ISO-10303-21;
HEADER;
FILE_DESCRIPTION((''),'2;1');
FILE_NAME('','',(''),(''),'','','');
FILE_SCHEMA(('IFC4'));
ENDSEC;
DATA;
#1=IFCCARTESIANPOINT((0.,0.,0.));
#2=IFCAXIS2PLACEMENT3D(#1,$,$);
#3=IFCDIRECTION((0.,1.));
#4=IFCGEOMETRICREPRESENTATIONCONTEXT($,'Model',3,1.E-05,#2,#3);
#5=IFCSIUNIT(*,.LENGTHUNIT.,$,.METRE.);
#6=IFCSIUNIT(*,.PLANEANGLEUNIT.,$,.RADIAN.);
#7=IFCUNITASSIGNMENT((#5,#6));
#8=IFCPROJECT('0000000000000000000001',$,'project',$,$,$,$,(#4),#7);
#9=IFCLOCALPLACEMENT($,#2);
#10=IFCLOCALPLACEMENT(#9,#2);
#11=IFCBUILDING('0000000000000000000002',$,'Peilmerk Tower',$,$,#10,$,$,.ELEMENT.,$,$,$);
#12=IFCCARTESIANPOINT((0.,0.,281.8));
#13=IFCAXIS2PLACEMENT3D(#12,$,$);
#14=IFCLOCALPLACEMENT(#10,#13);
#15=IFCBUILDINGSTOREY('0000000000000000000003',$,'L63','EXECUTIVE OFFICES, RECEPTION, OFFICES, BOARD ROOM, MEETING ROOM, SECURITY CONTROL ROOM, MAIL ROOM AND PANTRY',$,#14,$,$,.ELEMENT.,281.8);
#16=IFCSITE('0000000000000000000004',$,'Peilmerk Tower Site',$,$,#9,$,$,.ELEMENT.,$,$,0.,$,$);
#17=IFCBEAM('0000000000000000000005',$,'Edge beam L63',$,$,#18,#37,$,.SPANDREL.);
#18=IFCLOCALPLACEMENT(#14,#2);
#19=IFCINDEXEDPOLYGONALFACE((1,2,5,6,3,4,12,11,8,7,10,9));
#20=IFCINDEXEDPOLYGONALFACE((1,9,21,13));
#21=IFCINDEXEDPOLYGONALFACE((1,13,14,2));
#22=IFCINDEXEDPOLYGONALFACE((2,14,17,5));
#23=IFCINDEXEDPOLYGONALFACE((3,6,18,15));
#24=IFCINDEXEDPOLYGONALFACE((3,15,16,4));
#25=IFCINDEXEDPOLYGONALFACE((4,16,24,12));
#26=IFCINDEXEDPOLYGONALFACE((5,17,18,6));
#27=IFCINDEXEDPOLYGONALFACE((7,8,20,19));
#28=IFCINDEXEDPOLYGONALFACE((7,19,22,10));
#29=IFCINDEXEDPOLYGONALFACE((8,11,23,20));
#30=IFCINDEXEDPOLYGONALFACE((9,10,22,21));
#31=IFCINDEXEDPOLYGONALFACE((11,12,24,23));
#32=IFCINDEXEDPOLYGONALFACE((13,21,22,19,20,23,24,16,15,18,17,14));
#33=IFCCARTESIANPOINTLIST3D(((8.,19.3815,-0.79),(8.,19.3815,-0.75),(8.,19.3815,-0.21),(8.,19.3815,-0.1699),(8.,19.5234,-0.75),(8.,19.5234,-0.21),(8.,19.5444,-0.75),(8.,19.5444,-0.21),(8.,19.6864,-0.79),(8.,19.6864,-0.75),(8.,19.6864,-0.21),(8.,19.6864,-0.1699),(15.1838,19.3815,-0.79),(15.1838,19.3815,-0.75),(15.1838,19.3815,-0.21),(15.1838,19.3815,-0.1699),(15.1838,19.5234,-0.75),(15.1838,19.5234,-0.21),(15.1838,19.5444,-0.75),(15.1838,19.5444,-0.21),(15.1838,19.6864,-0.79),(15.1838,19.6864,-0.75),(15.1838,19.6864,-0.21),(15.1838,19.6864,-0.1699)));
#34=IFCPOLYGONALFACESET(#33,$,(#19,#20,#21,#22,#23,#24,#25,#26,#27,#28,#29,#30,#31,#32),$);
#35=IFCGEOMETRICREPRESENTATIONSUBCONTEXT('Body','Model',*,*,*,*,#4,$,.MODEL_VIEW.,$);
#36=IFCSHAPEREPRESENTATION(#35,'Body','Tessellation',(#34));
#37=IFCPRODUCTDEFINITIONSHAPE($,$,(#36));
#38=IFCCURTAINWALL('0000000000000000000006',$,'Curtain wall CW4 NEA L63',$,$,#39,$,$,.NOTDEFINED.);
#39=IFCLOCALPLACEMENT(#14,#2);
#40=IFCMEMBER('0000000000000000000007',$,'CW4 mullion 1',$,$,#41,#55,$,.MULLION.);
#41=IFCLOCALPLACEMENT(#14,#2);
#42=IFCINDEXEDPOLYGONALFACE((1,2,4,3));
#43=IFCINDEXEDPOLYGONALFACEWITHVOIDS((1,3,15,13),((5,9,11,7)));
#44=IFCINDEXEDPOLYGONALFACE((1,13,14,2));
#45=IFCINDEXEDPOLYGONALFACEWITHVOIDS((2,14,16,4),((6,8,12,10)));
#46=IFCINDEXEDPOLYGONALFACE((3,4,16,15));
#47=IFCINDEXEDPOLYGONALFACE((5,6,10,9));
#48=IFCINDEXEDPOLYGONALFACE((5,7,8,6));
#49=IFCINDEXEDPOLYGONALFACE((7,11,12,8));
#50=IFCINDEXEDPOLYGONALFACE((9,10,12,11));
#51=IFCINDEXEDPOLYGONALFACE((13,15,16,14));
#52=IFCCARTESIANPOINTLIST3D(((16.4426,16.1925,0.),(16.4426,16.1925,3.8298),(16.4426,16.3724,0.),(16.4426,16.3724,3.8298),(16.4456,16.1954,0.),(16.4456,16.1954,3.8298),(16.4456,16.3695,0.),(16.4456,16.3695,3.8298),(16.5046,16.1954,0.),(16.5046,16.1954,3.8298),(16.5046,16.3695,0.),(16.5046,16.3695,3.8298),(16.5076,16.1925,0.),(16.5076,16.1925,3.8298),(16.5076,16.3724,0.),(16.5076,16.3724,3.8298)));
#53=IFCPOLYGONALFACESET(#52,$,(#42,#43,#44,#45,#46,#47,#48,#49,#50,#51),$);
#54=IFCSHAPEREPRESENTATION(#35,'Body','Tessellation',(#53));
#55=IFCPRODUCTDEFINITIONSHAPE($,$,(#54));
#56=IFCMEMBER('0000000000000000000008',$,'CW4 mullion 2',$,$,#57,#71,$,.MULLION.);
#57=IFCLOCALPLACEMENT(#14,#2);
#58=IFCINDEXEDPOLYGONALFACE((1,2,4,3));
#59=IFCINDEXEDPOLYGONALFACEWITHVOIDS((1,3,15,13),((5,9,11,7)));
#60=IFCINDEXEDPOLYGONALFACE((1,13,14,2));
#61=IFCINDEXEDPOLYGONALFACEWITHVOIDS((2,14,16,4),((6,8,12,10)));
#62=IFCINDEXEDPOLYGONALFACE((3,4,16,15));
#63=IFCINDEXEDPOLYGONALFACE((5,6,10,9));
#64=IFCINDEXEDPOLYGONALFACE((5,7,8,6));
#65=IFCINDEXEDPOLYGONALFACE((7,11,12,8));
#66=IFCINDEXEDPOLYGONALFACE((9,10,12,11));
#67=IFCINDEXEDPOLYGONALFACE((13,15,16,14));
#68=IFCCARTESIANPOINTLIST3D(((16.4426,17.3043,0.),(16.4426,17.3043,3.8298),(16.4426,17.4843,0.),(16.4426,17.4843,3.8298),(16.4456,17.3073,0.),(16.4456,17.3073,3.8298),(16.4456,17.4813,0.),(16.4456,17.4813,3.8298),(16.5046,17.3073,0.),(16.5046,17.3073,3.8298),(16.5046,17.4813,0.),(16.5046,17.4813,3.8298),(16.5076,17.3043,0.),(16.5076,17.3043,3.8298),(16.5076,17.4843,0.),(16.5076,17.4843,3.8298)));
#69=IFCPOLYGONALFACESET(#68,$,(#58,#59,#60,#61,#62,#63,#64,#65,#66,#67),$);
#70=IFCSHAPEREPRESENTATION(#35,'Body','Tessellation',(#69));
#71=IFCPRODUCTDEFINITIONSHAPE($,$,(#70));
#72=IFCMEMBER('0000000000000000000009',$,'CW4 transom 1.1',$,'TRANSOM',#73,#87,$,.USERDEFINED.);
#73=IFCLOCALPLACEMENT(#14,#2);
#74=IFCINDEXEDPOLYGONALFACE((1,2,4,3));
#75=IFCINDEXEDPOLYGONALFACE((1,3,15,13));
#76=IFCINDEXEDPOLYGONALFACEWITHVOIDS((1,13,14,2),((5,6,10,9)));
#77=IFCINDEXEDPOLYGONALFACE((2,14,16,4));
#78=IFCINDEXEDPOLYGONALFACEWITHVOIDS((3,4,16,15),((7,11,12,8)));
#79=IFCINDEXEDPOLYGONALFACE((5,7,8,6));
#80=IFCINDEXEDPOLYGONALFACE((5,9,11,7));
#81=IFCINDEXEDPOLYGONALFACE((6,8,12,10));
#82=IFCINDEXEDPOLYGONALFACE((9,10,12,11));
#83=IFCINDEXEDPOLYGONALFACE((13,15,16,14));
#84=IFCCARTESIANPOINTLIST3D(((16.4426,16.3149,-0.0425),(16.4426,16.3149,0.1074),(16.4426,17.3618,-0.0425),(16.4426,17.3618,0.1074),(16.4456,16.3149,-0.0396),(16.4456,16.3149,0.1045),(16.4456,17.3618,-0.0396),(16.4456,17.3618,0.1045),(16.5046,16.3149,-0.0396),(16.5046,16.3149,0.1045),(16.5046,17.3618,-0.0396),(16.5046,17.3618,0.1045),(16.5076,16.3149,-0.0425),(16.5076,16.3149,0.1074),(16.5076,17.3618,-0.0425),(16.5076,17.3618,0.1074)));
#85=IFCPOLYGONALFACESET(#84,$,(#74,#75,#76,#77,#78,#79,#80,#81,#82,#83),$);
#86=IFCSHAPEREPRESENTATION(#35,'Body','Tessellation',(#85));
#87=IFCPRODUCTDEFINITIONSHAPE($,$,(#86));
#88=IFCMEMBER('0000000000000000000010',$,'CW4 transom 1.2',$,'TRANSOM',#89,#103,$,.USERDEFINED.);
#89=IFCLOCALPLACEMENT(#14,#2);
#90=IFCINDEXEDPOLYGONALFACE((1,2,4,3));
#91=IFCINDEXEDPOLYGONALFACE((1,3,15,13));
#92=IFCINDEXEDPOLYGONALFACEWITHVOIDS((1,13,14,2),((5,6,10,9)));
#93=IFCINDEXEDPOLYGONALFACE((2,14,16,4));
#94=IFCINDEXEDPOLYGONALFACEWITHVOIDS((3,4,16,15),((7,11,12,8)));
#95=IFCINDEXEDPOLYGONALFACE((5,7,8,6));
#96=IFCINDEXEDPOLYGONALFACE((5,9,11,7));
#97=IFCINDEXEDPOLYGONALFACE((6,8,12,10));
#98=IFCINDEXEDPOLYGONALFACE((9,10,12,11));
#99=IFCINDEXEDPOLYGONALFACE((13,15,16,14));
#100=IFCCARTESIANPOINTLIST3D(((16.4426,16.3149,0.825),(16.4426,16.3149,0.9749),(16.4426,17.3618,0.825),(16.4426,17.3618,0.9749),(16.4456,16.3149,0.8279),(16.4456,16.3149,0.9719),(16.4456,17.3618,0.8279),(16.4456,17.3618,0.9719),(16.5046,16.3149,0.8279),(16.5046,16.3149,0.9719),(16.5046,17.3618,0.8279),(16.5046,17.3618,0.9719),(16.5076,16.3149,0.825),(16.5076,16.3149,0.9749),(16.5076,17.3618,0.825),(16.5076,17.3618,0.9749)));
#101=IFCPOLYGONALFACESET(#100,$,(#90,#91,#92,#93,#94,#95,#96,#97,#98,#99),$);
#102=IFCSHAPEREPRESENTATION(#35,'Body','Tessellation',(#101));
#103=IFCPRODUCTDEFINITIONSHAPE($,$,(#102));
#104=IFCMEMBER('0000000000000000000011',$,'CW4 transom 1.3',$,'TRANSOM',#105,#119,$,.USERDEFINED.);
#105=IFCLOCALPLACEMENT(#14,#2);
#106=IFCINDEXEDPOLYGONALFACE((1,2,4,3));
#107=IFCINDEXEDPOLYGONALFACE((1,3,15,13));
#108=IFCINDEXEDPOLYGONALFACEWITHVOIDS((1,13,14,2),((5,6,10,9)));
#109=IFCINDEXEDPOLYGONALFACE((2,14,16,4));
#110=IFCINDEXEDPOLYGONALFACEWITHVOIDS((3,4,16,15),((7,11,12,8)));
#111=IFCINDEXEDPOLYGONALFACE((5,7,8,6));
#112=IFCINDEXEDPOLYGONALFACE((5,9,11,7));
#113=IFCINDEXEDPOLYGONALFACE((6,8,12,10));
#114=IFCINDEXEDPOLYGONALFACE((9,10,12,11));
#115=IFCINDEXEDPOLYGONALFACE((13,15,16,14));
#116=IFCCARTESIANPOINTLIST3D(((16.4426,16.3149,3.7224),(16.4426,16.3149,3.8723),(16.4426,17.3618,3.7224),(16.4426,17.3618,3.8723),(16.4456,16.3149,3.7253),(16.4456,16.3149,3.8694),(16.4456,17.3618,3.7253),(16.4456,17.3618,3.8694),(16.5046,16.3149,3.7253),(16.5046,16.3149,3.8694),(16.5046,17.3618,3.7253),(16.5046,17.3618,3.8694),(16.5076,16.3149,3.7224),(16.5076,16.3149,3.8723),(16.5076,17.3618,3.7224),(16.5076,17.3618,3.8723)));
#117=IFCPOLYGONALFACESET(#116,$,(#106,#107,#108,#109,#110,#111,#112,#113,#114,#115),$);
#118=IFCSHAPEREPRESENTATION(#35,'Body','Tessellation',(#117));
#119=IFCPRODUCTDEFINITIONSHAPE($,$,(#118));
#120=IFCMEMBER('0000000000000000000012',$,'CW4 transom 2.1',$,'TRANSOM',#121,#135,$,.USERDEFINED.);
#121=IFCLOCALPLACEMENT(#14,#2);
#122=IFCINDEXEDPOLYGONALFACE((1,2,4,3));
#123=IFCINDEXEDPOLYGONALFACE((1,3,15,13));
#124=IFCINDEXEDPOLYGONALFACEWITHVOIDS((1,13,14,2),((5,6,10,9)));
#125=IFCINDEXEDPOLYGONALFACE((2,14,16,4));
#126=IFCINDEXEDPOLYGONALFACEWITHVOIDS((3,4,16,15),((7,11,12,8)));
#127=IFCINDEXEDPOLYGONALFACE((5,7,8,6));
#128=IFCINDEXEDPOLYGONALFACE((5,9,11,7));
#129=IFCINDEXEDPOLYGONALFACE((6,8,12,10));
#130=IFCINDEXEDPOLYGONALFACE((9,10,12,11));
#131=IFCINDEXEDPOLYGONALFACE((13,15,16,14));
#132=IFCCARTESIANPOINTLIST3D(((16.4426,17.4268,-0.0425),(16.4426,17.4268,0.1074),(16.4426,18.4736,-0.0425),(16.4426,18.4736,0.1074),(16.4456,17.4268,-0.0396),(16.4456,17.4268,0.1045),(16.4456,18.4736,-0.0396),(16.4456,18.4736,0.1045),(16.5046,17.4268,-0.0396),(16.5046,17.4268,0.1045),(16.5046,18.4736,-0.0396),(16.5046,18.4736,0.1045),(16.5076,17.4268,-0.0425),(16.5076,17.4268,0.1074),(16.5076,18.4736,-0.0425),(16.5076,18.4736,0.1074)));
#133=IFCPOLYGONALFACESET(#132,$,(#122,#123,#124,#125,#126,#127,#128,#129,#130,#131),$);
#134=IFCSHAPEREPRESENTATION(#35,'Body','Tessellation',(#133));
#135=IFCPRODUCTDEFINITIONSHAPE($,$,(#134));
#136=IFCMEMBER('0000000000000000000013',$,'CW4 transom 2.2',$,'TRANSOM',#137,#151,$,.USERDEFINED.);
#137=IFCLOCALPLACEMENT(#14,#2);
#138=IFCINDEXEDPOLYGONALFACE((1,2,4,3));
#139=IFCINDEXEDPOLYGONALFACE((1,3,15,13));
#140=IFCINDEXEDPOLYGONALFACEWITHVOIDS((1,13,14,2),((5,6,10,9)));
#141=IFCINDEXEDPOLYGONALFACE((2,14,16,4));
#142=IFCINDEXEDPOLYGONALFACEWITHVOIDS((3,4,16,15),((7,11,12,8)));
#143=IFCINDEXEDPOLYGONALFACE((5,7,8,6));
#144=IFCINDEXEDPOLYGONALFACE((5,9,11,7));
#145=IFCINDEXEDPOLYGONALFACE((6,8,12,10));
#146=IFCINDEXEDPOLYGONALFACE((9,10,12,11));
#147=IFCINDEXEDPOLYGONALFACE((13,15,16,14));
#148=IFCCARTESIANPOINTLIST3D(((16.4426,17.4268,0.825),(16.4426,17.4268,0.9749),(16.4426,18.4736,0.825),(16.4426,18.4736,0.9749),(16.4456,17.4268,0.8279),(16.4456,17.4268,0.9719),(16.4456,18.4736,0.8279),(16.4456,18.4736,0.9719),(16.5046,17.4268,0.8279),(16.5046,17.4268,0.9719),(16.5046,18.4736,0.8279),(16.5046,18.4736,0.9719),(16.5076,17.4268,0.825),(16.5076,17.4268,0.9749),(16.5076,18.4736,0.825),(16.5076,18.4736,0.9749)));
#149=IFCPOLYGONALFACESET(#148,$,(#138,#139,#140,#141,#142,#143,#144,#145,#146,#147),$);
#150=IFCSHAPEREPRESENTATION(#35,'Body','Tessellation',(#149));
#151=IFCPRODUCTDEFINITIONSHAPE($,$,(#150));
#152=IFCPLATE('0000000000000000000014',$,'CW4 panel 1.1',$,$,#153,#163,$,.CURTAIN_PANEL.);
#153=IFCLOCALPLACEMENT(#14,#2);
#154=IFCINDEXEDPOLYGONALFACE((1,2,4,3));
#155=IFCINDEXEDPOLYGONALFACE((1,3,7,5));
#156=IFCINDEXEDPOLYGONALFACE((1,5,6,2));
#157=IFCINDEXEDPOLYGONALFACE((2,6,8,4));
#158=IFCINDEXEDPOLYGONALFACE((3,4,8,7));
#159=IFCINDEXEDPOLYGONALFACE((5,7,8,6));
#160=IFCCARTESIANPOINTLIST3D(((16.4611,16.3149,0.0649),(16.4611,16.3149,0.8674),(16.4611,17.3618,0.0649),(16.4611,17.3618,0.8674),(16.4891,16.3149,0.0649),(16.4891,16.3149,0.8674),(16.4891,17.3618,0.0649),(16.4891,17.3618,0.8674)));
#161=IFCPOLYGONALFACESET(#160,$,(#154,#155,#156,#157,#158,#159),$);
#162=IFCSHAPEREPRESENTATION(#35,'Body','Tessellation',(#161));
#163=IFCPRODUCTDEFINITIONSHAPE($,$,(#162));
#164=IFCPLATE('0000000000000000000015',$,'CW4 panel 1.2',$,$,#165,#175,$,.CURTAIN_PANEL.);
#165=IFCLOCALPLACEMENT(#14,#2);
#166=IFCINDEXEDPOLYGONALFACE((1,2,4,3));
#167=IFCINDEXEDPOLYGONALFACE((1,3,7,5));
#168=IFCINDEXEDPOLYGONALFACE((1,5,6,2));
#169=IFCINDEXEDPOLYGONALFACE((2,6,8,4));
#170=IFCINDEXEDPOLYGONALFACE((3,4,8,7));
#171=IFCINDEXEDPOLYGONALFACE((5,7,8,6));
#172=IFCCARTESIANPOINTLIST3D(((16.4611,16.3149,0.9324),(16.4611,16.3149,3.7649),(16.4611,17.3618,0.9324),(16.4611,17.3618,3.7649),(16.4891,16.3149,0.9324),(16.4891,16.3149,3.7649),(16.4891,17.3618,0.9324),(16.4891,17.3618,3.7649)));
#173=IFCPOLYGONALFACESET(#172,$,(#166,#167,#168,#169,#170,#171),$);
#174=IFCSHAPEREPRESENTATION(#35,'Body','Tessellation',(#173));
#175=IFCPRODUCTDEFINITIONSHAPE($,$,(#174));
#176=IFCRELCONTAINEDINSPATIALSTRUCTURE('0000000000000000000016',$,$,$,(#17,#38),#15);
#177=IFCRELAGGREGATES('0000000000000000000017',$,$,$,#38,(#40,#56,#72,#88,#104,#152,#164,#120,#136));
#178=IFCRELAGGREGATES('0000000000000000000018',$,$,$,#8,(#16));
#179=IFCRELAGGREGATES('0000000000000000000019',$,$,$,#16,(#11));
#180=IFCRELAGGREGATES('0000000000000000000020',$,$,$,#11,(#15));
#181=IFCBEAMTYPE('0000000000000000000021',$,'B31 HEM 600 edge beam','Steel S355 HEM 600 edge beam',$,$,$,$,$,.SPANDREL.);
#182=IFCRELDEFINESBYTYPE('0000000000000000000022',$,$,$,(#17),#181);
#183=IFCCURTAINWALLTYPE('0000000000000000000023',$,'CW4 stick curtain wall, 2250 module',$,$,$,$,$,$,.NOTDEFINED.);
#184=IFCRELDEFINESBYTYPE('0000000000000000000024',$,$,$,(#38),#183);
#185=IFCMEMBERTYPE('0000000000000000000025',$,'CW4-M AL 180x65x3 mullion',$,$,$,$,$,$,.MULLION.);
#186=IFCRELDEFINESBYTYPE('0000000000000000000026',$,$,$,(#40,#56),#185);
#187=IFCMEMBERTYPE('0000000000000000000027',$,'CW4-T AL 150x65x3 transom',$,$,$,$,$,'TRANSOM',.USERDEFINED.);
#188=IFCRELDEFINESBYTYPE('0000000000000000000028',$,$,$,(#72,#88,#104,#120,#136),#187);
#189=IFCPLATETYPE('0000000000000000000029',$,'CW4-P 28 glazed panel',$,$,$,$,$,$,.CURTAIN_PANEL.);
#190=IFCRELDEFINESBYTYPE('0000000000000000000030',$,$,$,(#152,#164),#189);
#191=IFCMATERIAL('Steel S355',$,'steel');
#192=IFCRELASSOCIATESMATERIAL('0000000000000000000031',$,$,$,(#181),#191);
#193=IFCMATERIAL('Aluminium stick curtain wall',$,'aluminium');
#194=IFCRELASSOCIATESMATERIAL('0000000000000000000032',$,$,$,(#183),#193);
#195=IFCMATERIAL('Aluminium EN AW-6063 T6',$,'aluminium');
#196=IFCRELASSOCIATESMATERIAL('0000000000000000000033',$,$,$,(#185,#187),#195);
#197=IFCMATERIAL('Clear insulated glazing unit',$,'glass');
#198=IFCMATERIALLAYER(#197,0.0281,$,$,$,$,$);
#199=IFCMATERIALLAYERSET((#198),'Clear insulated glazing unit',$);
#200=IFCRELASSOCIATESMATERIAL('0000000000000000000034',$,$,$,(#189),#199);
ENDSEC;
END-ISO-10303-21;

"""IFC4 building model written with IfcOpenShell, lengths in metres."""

from ifc_helpers import new_model, si_unit, direction, frame, origin, origin_2d, place, context, subcontext, project, spatial, rectangle, hollow_rectangle, i_section, extrude, material, layer, layer_set, material_profile, profile_set, type_object, element, aggregate, save


model = new_model("IFC4")

# Units and contexts
model_context = context("Model", 3, precision=1e-05, world=origin(), true_north=direction((0.0, 1.0)))
body_context = subcontext(model_context, "Body", "Model", "MODEL_VIEW")
ifc_project = project(units=[si_unit("LENGTHUNIT", "METRE"), si_unit("PLANEANGLEUNIT", "RADIAN")], contexts=[model_context])

# Site, building, storey
site_placement = place(None, origin())
site = spatial("IfcSite", under=ifc_project, at=site_placement, Name="Peilmerk Tower Site", CompositionType="ELEMENT", RefElevation=0.0)
building_placement = place(site_placement, origin())
building = spatial("IfcBuilding", under=site, at=building_placement, Name="Peilmerk Tower", CompositionType="ELEMENT")
storey_placement = place(building_placement, frame((0.0, 0.0, 281.8)))
storey = spatial("IfcBuildingStorey", under=building, at=storey_placement, Name="L63", Description="EXECUTIVE OFFICES, RECEPTION, OFFICES, BOARD ROOM, MEETING ROOM, SECURITY CONTROL ROOM, MAIL ROOM AND PANTRY", CompositionType="ELEMENT", Elevation=281.8)

# Beam
ifc_material_1 = material(Name="Steel S355", Category="steel")
ifc_material_profile_1 = material_profile(ifc_material_1, i_section(OverallWidth=0.3049, OverallDepth=0.6201, WebThickness=0.021, FlangeThickness=0.04, at=origin_2d()), Name="HEM 600")
ifc_profile_set_1 = profile_set([ifc_material_profile_1], Name="Steel S355")
beam_type_1 = type_object("IfcBeamType", Name="B31 HEM 600 edge beam", Description="Steel S355 HEM 600 edge beam", PredefinedType="SPANDREL", material=ifc_profile_set_1)
beam_1_placement = place(storey_placement, frame((15.1838, 19.5339, -0.48), z_axis=(-1.0, 0.0, 0.0), x_axis=(0.0, -1.0, 0.0)))
element("IfcBeam", 1, at=beam_1_placement, inside=storey, type_object=beam_type_1, Name="Edge beam L63", PredefinedType="SPANDREL", context=body_context, shape_type="SweptSolid", body=[
    extrude(i_section(OverallWidth=0.3049, OverallDepth=0.6201, WebThickness=0.021, FlangeThickness=0.04, at=origin_2d()), origin(), (0.0, 0.0, 1.0), 7.1838),
])

# Curtain wall, members, plates
ifc_material_2 = material(Name="Aluminium stick curtain wall", Category="aluminium")
curtain_wall_type = type_object("IfcCurtainWallType", Name="CW4 stick curtain wall, 2250 module", PredefinedType="NOTDEFINED", material=ifc_material_2)
curtain_wall_placement = place(storey_placement, origin())
curtain_wall = element("IfcCurtainWall", 2, at=curtain_wall_placement, inside=storey, type_object=curtain_wall_type, Name="Curtain wall CW4 NEA L63", PredefinedType="NOTDEFINED")
ifc_material_3 = material(Name="Aluminium EN AW-6063 T6", Category="aluminium")
ifc_material_profile_2 = material_profile(ifc_material_3, hollow_rectangle(XDim=0.0649, YDim=0.1799, WallThickness=0.0029, at=origin_2d()), Name="AL 180x65x3")
ifc_profile_set_2 = profile_set([ifc_material_profile_2], Name="Aluminium EN AW-6063 T6")
member_type_1 = type_object("IfcMemberType", Name="CW4-M AL 180x65x3 mullion", PredefinedType="MULLION", material=ifc_profile_set_2)
member_1_placement = place(storey_placement, frame((16.4751, 16.2825, 0.0), z_axis=(0.0, 0.0, 1.0), x_axis=(-1.0, 0.0, 0.0)))
member_1 = element("IfcMember", 3, at=member_1_placement, type_object=member_type_1, Name="CW4 mullion 1", PredefinedType="MULLION", context=body_context, shape_type="SweptSolid", body=[
    extrude(hollow_rectangle(XDim=0.0649, YDim=0.1799, WallThickness=0.0029, at=origin_2d()), origin(), (0.0, 0.0, 1.0), 3.8298),
])
member_2_placement = place(storey_placement, frame((16.4751, 17.3943, 0.0), z_axis=(0.0, 0.0, 1.0), x_axis=(-1.0, 0.0, 0.0)))
member_2 = element("IfcMember", 4, at=member_2_placement, type_object=member_type_1, Name="CW4 mullion 2", PredefinedType="MULLION", context=body_context, shape_type="SweptSolid", body=[
    extrude(hollow_rectangle(XDim=0.0649, YDim=0.1799, WallThickness=0.0029, at=origin_2d()), origin(), (0.0, 0.0, 1.0), 3.8298),
])
ifc_material_profile_3 = material_profile(ifc_material_3, hollow_rectangle(XDim=0.0649, YDim=0.1499, WallThickness=0.0029, at=origin_2d()), Name="AL 150x65x3")
ifc_profile_set_3 = profile_set([ifc_material_profile_3], Name="Aluminium EN AW-6063 T6")
member_type_2 = type_object("IfcMemberType", Name="CW4-T AL 150x65x3 transom", ElementType="TRANSOM", PredefinedType="USERDEFINED", material=ifc_profile_set_3)
member_3_placement = place(storey_placement, frame((16.4751, 16.3149, 0.0325), z_axis=(0.0, 1.0, 0.0), x_axis=(-1.0, 0.0, 0.0)))
member_3 = element("IfcMember", 5, at=member_3_placement, type_object=member_type_2, Name="CW4 transom 1.1", ObjectType="TRANSOM", PredefinedType="USERDEFINED", context=body_context, shape_type="SweptSolid", body=[
    extrude(hollow_rectangle(XDim=0.0649, YDim=0.1499, WallThickness=0.0029, at=origin_2d()), origin(), (0.0, 0.0, 1.0), 1.0469),
])
member_4_placement = place(storey_placement, frame((16.4751, 16.3149, 0.8999), z_axis=(0.0, 1.0, 0.0), x_axis=(-1.0, 0.0, 0.0)))
member_4 = element("IfcMember", 6, at=member_4_placement, type_object=member_type_2, Name="CW4 transom 1.2", ObjectType="TRANSOM", PredefinedType="USERDEFINED", context=body_context, shape_type="SweptSolid", body=[
    extrude(hollow_rectangle(XDim=0.0649, YDim=0.1499, WallThickness=0.0029, at=origin_2d()), origin(), (0.0, 0.0, 1.0), 1.0469),
])
member_5_placement = place(storey_placement, frame((16.4751, 16.3149, 3.7974), z_axis=(0.0, 1.0, 0.0), x_axis=(-1.0, 0.0, 0.0)))
member_5 = element("IfcMember", 7, at=member_5_placement, type_object=member_type_2, Name="CW4 transom 1.3", ObjectType="TRANSOM", PredefinedType="USERDEFINED", context=body_context, shape_type="SweptSolid", body=[
    extrude(hollow_rectangle(XDim=0.0649, YDim=0.1499, WallThickness=0.0029, at=origin_2d()), origin(), (0.0, 0.0, 1.0), 1.0469),
])
member_6_placement = place(storey_placement, frame((16.4751, 17.4268, 0.0325), z_axis=(0.0, 1.0, 0.0), x_axis=(-1.0, 0.0, 0.0)))
member_6 = element("IfcMember", 8, at=member_6_placement, type_object=member_type_2, Name="CW4 transom 2.1", ObjectType="TRANSOM", PredefinedType="USERDEFINED", context=body_context, shape_type="SweptSolid", body=[
    extrude(hollow_rectangle(XDim=0.0649, YDim=0.1499, WallThickness=0.0029, at=origin_2d()), origin(), (0.0, 0.0, 1.0), 1.0469),
])
member_7_placement = place(storey_placement, frame((16.4751, 17.4268, 0.8999), z_axis=(0.0, 1.0, 0.0), x_axis=(-1.0, 0.0, 0.0)))
member_7 = element("IfcMember", 9, at=member_7_placement, type_object=member_type_2, Name="CW4 transom 2.2", ObjectType="TRANSOM", PredefinedType="USERDEFINED", context=body_context, shape_type="SweptSolid", body=[
    extrude(hollow_rectangle(XDim=0.0649, YDim=0.1499, WallThickness=0.0029, at=origin_2d()), origin(), (0.0, 0.0, 1.0), 1.0469),
])
ifc_material_4 = material(Name="Clear insulated glazing unit", Category="glass")
ifc_layer_1 = layer(ifc_material_4, 0.0281)
ifc_layer_set_1 = layer_set([ifc_layer_1], Name="Clear insulated glazing unit")
plate_type = type_object("IfcPlateType", Name="CW4-P 28 glazed panel", PredefinedType="CURTAIN_PANEL", material=ifc_layer_set_1)
plate_1_placement = place(storey_placement, frame((16.4751, 16.8384, 0.0649), z_axis=(0.0, 0.0, 1.0), x_axis=(0.0, 1.0, 0.0)))
plate_1 = element("IfcPlate", 10, at=plate_1_placement, type_object=plate_type, Name="CW4 panel 1.1", PredefinedType="CURTAIN_PANEL", context=body_context, shape_type="SweptSolid", body=[
    extrude(rectangle(XDim=1.0469, YDim=0.0281, at=origin_2d()), origin(), (0.0, 0.0, 1.0), 0.8025),
])
plate_2_placement = place(storey_placement, frame((16.4751, 16.8384, 0.9324), z_axis=(0.0, 0.0, 1.0), x_axis=(0.0, 1.0, 0.0)))
plate_2 = element("IfcPlate", 11, at=plate_2_placement, type_object=plate_type, Name="CW4 panel 1.2", PredefinedType="CURTAIN_PANEL", context=body_context, shape_type="SweptSolid", body=[
    extrude(rectangle(XDim=1.0469, YDim=0.0281, at=origin_2d()), origin(), (0.0, 0.0, 1.0), 2.8325),
])
aggregate(curtain_wall, [member_1, member_2, member_3, member_4, member_5, plate_1, plate_2, member_6, member_7])

save(model, "model.ifc")
